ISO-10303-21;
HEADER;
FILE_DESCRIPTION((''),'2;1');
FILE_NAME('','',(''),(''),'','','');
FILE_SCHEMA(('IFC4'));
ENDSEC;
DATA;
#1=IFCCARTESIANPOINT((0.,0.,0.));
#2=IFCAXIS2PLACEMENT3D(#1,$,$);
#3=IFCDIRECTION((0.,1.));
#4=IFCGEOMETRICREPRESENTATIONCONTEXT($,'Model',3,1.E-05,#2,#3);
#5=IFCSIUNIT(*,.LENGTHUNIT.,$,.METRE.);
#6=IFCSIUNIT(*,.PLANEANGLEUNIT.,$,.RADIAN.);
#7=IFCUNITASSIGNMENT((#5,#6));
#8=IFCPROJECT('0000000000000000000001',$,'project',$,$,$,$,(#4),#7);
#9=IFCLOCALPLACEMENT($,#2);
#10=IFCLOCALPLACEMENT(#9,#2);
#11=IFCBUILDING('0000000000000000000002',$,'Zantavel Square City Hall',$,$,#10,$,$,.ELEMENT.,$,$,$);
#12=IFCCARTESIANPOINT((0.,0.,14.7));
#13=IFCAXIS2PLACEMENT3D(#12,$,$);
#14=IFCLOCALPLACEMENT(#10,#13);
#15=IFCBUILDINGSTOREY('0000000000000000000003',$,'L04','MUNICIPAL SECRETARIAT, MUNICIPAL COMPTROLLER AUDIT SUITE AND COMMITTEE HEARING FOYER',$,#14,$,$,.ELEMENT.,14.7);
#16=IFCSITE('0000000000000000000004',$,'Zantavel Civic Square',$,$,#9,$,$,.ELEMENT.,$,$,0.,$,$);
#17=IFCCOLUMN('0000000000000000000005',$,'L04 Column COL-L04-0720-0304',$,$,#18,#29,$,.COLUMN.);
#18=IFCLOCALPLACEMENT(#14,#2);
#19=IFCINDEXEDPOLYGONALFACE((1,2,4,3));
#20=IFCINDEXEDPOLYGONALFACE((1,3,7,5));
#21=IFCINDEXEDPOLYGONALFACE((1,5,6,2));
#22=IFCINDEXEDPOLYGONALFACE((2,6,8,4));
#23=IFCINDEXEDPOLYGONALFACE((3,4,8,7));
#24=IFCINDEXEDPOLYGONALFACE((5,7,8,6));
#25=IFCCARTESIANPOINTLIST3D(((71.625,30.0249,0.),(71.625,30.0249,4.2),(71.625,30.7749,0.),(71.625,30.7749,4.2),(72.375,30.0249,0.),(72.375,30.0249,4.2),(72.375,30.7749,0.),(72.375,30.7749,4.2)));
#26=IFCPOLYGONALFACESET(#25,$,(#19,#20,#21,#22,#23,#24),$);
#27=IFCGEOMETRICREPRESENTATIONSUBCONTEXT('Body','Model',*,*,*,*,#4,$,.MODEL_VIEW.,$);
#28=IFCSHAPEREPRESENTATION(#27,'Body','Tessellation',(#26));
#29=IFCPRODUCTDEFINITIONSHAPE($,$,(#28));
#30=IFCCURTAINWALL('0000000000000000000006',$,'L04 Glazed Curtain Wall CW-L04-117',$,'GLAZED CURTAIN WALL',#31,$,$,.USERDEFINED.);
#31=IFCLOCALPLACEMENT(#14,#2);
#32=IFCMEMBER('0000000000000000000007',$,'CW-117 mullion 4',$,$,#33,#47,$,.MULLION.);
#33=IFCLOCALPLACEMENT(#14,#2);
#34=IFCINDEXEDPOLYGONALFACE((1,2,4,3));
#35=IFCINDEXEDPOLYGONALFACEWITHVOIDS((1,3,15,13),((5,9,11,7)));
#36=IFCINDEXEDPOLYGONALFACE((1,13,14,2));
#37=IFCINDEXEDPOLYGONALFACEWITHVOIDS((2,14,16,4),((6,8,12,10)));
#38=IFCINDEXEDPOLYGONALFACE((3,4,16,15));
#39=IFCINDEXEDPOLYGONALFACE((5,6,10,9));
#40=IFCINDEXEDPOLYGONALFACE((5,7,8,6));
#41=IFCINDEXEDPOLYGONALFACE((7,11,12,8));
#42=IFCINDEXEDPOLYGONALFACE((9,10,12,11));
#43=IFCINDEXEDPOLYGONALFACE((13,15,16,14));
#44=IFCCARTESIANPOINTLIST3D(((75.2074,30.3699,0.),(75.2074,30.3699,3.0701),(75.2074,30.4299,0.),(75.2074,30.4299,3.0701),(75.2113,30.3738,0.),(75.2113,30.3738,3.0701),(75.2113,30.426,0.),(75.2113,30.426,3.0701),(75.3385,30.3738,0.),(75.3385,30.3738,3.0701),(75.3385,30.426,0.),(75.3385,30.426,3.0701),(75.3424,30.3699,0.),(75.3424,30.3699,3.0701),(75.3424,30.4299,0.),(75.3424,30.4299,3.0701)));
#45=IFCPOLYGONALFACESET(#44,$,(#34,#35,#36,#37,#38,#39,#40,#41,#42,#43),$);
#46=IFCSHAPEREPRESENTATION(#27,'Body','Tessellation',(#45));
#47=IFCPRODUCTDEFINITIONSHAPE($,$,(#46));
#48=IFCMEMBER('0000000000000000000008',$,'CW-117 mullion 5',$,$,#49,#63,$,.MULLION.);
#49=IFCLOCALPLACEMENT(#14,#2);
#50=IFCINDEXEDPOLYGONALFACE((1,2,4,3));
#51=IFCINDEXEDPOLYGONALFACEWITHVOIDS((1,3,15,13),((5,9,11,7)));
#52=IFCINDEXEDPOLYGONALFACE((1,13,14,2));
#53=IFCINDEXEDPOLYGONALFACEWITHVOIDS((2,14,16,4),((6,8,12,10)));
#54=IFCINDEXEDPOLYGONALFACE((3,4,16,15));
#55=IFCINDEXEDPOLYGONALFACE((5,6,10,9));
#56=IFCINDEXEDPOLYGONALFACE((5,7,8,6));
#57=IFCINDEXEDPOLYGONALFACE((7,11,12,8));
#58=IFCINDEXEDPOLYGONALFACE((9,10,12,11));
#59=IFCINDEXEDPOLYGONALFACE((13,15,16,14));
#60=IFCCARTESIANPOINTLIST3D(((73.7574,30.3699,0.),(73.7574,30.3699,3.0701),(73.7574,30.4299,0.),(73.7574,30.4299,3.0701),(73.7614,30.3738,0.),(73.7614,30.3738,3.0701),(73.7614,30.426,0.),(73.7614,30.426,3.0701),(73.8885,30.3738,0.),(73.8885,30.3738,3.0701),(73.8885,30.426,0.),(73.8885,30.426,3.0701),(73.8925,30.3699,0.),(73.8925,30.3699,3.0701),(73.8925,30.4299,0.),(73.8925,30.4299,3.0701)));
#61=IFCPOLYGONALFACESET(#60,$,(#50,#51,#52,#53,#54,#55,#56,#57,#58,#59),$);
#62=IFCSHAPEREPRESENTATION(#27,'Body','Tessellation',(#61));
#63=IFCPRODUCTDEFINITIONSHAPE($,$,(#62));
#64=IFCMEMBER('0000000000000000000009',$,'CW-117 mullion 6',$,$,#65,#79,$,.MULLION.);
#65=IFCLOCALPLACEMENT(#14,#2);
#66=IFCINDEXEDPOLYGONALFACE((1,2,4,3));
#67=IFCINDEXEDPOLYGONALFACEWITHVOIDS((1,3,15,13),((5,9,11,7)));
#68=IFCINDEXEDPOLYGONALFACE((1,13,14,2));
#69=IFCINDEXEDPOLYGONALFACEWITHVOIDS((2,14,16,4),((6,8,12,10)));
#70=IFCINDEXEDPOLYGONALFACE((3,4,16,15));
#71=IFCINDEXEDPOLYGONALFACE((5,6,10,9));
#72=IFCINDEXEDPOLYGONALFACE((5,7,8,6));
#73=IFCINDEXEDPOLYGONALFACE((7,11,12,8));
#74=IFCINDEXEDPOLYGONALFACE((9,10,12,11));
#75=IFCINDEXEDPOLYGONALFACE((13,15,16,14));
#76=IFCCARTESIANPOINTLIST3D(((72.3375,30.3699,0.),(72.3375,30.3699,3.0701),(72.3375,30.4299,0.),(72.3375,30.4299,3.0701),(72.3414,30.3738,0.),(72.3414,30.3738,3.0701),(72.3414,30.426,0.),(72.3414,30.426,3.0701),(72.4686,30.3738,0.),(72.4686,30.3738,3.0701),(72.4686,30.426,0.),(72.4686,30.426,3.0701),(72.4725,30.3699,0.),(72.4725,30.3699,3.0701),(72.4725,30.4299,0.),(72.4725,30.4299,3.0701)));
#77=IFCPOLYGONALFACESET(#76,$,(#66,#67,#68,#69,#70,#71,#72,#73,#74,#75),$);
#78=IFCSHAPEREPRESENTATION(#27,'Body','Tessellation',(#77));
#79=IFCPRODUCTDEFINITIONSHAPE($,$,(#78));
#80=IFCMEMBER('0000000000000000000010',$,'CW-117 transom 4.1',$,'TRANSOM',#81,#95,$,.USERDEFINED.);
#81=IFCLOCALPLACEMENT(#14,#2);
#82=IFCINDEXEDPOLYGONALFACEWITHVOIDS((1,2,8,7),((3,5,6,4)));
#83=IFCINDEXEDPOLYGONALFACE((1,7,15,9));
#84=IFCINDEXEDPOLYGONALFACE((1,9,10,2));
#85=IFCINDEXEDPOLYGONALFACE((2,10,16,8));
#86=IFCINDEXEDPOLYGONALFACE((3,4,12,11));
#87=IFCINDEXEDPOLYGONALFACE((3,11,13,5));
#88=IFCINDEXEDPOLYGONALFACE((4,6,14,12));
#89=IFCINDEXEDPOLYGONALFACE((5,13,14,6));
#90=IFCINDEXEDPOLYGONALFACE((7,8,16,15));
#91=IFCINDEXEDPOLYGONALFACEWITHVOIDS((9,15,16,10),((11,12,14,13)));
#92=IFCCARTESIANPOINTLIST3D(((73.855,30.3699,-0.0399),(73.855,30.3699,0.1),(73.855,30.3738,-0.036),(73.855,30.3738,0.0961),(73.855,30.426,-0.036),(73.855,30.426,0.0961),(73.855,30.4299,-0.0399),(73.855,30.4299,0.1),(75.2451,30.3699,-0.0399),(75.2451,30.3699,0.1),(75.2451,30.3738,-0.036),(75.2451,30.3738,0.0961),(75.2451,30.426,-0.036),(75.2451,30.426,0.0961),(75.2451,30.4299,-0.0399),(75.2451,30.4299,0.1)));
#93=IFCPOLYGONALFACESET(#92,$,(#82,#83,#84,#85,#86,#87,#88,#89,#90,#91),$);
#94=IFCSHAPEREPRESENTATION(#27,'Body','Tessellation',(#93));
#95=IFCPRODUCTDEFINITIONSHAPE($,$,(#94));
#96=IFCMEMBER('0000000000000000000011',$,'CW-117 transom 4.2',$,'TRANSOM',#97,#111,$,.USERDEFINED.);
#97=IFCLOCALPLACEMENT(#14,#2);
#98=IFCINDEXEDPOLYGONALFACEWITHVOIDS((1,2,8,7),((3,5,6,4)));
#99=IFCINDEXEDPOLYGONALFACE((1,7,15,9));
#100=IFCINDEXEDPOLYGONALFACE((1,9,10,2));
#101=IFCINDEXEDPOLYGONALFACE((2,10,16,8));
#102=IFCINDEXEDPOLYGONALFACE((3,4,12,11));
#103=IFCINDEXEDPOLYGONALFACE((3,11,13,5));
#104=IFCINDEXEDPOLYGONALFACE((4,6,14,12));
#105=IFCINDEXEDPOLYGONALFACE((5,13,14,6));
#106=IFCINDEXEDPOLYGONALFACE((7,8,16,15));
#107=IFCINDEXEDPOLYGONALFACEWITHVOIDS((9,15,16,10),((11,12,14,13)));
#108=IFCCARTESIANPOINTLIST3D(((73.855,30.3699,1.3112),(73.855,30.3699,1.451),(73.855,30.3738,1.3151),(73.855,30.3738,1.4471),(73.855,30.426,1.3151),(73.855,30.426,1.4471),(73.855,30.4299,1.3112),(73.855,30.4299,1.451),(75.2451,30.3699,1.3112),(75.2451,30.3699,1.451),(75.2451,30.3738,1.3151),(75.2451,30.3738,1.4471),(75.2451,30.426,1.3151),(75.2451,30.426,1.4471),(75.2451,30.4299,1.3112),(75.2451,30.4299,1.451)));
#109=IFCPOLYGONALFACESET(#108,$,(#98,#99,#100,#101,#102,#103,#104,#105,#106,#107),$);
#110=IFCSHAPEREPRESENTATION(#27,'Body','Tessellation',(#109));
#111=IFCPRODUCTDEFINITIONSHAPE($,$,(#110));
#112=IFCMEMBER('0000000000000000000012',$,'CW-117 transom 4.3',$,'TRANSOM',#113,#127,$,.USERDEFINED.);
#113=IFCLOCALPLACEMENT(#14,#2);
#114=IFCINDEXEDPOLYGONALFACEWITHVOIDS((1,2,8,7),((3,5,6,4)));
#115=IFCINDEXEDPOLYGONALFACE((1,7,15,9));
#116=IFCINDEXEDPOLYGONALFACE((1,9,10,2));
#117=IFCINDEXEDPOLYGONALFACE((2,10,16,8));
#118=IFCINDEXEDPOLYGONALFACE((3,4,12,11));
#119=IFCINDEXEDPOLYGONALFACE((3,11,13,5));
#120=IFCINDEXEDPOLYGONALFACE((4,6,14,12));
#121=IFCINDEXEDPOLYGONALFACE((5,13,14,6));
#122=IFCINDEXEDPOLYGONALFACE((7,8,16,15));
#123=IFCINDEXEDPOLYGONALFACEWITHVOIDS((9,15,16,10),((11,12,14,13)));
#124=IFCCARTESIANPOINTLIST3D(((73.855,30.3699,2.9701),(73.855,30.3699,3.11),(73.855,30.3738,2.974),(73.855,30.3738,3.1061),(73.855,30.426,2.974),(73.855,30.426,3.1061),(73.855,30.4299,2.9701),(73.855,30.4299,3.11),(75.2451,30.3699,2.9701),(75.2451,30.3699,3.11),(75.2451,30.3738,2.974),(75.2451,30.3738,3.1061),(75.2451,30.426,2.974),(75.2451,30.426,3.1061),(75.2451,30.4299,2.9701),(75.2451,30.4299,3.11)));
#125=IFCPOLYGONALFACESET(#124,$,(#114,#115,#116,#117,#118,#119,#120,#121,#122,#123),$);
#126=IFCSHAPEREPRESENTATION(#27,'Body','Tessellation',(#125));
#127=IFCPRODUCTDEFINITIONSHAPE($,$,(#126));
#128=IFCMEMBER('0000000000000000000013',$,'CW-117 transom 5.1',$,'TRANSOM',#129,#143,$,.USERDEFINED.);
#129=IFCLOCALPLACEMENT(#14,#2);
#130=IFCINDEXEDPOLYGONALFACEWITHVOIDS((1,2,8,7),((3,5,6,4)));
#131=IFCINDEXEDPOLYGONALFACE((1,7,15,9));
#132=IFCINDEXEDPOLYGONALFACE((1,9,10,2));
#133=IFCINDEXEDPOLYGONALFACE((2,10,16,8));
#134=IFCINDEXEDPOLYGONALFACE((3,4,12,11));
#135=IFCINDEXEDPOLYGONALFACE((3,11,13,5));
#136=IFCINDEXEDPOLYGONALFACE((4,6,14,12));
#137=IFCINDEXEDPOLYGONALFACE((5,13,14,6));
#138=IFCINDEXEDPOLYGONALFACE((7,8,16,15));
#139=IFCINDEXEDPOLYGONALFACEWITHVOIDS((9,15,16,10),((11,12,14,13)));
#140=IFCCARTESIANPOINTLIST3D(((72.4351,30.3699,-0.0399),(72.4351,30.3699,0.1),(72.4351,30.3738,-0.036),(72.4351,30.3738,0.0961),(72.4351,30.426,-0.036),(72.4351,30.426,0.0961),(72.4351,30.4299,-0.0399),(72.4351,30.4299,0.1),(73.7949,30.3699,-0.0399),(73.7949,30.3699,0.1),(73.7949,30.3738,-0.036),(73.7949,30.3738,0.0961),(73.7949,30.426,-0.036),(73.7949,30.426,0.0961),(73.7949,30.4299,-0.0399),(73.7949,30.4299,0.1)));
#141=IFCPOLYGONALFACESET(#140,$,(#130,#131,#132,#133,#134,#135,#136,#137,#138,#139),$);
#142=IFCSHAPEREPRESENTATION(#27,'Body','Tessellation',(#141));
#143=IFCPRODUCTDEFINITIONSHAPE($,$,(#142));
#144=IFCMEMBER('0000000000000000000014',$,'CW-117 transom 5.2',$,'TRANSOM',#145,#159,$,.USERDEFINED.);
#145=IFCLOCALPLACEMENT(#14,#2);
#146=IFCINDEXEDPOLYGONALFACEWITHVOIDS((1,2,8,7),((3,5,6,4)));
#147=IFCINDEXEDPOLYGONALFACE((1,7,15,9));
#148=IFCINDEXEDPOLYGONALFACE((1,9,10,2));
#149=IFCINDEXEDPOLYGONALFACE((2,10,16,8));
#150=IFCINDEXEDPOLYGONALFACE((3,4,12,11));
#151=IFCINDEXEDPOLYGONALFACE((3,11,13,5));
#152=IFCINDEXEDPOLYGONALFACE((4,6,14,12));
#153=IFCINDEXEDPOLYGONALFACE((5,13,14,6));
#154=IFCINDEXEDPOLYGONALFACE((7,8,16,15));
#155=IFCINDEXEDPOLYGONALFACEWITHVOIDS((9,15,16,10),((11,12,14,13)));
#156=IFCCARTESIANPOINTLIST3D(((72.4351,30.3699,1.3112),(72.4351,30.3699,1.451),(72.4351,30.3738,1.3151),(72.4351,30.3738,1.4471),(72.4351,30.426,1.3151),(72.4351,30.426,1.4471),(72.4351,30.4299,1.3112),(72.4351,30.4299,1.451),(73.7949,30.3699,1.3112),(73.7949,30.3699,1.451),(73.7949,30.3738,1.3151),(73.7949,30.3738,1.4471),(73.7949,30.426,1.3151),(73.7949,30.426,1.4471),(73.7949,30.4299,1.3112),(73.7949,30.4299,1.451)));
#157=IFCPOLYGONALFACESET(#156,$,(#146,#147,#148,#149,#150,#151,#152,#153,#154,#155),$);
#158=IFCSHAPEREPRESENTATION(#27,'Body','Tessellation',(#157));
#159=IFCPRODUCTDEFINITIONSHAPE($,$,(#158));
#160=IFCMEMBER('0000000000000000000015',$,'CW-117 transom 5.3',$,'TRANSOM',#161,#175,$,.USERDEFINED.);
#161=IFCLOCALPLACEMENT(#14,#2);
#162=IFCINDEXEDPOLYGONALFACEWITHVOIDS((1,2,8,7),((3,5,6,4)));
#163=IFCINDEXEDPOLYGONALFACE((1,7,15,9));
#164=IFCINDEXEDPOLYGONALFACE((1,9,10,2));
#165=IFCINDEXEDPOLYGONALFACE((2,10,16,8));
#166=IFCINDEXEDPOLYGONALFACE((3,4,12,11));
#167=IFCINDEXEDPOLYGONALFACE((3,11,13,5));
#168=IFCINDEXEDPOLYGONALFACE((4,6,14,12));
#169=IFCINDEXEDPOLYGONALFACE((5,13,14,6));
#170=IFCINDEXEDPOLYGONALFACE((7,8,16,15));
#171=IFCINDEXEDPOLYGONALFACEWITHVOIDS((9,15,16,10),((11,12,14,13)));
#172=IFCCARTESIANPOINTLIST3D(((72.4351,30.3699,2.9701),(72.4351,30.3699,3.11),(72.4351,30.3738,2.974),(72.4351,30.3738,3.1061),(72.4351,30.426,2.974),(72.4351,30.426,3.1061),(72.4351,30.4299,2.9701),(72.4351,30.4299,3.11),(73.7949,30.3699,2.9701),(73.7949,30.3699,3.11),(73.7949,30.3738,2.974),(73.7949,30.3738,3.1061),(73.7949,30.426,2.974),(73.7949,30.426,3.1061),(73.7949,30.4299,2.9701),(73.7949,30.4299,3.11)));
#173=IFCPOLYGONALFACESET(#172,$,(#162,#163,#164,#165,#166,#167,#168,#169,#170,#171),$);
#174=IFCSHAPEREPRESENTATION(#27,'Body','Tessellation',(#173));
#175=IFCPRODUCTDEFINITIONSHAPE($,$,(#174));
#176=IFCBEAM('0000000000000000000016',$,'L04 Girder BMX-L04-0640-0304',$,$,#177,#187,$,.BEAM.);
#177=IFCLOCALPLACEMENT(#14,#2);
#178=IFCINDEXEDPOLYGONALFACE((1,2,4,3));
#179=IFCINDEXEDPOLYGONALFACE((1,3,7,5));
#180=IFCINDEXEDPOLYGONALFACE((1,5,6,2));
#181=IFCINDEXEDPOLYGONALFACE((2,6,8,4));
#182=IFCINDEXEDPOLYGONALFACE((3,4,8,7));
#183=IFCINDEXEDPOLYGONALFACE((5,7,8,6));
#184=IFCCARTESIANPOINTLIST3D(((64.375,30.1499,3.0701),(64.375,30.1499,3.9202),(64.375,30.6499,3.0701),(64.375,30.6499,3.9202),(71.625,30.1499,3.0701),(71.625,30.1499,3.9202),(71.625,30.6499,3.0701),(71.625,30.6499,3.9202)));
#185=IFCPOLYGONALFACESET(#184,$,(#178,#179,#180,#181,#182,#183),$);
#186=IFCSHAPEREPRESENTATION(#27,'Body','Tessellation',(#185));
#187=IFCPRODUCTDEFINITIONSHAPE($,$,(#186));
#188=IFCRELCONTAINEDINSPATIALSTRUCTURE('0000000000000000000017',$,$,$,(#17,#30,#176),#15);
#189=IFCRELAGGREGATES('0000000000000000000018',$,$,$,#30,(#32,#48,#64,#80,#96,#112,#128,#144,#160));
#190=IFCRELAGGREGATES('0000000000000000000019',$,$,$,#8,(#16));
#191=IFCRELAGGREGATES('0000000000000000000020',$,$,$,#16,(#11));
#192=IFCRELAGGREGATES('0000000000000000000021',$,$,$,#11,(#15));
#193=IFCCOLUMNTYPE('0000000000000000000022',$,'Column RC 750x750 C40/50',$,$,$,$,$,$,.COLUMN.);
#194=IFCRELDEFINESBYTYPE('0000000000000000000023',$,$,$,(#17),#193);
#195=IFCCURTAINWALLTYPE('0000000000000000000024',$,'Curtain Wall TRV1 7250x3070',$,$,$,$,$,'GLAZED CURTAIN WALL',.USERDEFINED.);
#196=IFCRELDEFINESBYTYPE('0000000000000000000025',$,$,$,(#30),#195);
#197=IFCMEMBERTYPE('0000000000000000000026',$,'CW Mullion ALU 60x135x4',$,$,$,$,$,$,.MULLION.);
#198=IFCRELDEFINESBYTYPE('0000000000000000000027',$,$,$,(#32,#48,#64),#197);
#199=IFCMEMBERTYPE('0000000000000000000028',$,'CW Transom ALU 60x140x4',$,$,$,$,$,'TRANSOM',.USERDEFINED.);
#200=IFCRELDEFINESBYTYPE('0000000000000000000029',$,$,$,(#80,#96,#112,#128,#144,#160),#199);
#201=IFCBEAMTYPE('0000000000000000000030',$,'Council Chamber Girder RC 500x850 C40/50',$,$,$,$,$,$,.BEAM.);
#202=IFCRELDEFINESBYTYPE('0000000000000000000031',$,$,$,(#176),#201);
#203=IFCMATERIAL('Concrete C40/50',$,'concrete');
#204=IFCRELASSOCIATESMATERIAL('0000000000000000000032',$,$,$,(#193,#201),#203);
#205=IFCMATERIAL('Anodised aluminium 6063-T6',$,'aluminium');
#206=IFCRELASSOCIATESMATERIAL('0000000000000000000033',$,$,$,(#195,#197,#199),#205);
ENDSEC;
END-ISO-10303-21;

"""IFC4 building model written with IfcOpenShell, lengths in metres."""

from ifc_helpers import new_model, si_unit, direction, frame, origin, origin_2d, place, context, subcontext, project, spatial, rectangle, hollow_rectangle, extrude, material, material_profile, profile_set, type_object, element, aggregate, save


model = new_model("IFC4")

# Units and contexts
model_context = context("Model", 3, precision=1e-05, world=origin(), true_north=direction((0.0, 1.0)))
body_context = subcontext(model_context, "Body", "Model", "MODEL_VIEW")
ifc_project = project(units=[si_unit("LENGTHUNIT", "METRE"), si_unit("PLANEANGLEUNIT", "RADIAN")], contexts=[model_context])

# Site, building, storey
site_placement = place(None, origin())
site = spatial("IfcSite", under=ifc_project, at=site_placement, Name="Zantavel Civic Square", CompositionType="ELEMENT", RefElevation=0.0)
building_placement = place(site_placement, origin())
building = spatial("IfcBuilding", under=site, at=building_placement, Name="Zantavel Square City Hall", CompositionType="ELEMENT")
storey_placement = place(building_placement, frame((0.0, 0.0, 14.7)))
storey = spatial("IfcBuildingStorey", under=building, at=storey_placement, Name="L04", Description="MUNICIPAL SECRETARIAT, MUNICIPAL COMPTROLLER AUDIT SUITE AND COMMITTEE HEARING FOYER", CompositionType="ELEMENT", Elevation=14.7)

# Column
ifc_material_1 = material(Name="Concrete C40/50", Category="concrete")
ifc_material_profile_1 = material_profile(ifc_material_1, rectangle(XDim=0.75, YDim=0.75, at=origin_2d()), Name="RC 750x750")
ifc_profile_set_1 = profile_set([ifc_material_profile_1], Name="Concrete C40/50")
column_type = type_object("IfcColumnType", Name="Column RC 750x750 C40/50", PredefinedType="COLUMN", material=ifc_profile_set_1)
column_placement = place(storey_placement, frame((72.0, 30.3999, 0.0), z_axis=(0.0, 0.0, 1.0), x_axis=(1.0, 0.0, 0.0)))
element("IfcColumn", 1, at=column_placement, inside=storey, type_object=column_type, Name="L04 Column COL-L04-0720-0304", PredefinedType="COLUMN", context=body_context, shape_type="SweptSolid", body=[
    extrude(rectangle(XDim=0.75, YDim=0.75, at=origin_2d()), origin(), (0.0, 0.0, 1.0), 4.2),
])

# Curtain wall, members
ifc_material_2 = material(Name="Anodised aluminium 6063-T6", Category="aluminium")
curtain_wall_type = type_object("IfcCurtainWallType", Name="Curtain Wall TRV1 7250x3070", ElementType="GLAZED CURTAIN WALL", PredefinedType="USERDEFINED", material=ifc_material_2)
curtain_wall_placement = place(storey_placement, origin())
curtain_wall = element("IfcCurtainWall", 2, at=curtain_wall_placement, inside=storey, type_object=curtain_wall_type, Name="L04 Glazed Curtain Wall CW-L04-117", ObjectType="GLAZED CURTAIN WALL", PredefinedType="USERDEFINED")
ifc_material_profile_2 = material_profile(ifc_material_2, hollow_rectangle(XDim=0.0601, YDim=0.135, WallThickness=0.0039, at=origin_2d()), Name="ALU 60x135x4")
ifc_profile_set_2 = profile_set([ifc_material_profile_2], Name="Anodised aluminium 6063-T6")
member_type_1 = type_object("IfcMemberType", Name="CW Mullion ALU 60x135x4", PredefinedType="MULLION", material=ifc_profile_set_2)
member_1_placement = place(storey_placement, frame((75.2749, 30.3999, 0.0), z_axis=(0.0, 0.0, 1.0), x_axis=(0.0, -1.0, 0.0)))
member_1 = element("IfcMember", 3, at=member_1_placement, type_object=member_type_1, Name="CW-117 mullion 4", PredefinedType="MULLION", context=body_context, shape_type="SweptSolid", body=[
    extrude(hollow_rectangle(XDim=0.0601, YDim=0.135, WallThickness=0.0039, at=origin_2d()), origin(), (0.0, 0.0, 1.0), 3.0701),
])
member_2_placement = place(storey_placement, frame((73.825, 30.3999, 0.0), z_axis=(0.0, 0.0, 1.0), x_axis=(0.0, -1.0, 0.0)))
member_2 = element("IfcMember", 4, at=member_2_placement, type_object=member_type_1, Name="CW-117 mullion 5", PredefinedType="MULLION", context=body_context, shape_type="SweptSolid", body=[
    extrude(hollow_rectangle(XDim=0.0601, YDim=0.135, WallThickness=0.0039, at=origin_2d()), origin(), (0.0, 0.0, 1.0), 3.0701),
])
member_3_placement = place(storey_placement, frame((72.405, 30.3999, 0.0), z_axis=(0.0, 0.0, 1.0), x_axis=(0.0, -1.0, 0.0)))
member_3 = element("IfcMember", 5, at=member_3_placement, type_object=member_type_1, Name="CW-117 mullion 6", PredefinedType="MULLION", context=body_context, shape_type="SweptSolid", body=[
    extrude(hollow_rectangle(XDim=0.0601, YDim=0.135, WallThickness=0.0039, at=origin_2d()), origin(), (0.0, 0.0, 1.0), 3.0701),
])
ifc_material_profile_3 = material_profile(ifc_material_2, hollow_rectangle(XDim=0.0601, YDim=0.1399, WallThickness=0.0039, at=origin_2d()), Name="ALU 60x140x4")
ifc_profile_set_3 = profile_set([ifc_material_profile_3], Name="Anodised aluminium 6063-T6")
member_type_2 = type_object("IfcMemberType", Name="CW Transom ALU 60x140x4", ElementType="TRANSOM", PredefinedType="USERDEFINED", material=ifc_profile_set_3)
member_4_placement = place(storey_placement, frame((75.2451, 30.3999, 0.03), z_axis=(-1.0, 0.0, 0.0), x_axis=(0.0, -1.0, 0.0)))
member_4 = element("IfcMember", 6, at=member_4_placement, type_object=member_type_2, Name="CW-117 transom 4.1", ObjectType="TRANSOM", PredefinedType="USERDEFINED", context=body_context, shape_type="SweptSolid", body=[
    extrude(hollow_rectangle(XDim=0.0601, YDim=0.1399, WallThickness=0.0039, at=origin_2d()), origin(), (0.0, 0.0, 1.0), 1.3901),
])
member_5_placement = place(storey_placement, frame((75.2451, 30.3999, 1.3811), z_axis=(-1.0, 0.0, 0.0), x_axis=(0.0, -1.0, 0.0)))
member_5 = element("IfcMember", 7, at=member_5_placement, type_object=member_type_2, Name="CW-117 transom 4.2", ObjectType="TRANSOM", PredefinedType="USERDEFINED", context=body_context, shape_type="SweptSolid", body=[
    extrude(hollow_rectangle(XDim=0.0601, YDim=0.1399, WallThickness=0.0039, at=origin_2d()), origin(), (0.0, 0.0, 1.0), 1.3901),
])
member_6_placement = place(storey_placement, frame((75.2451, 30.3999, 3.04), z_axis=(-1.0, 0.0, 0.0), x_axis=(0.0, -1.0, 0.0)))
member_6 = element("IfcMember", 8, at=member_6_placement, type_object=member_type_2, Name="CW-117 transom 4.3", ObjectType="TRANSOM", PredefinedType="USERDEFINED", context=body_context, shape_type="SweptSolid", body=[
    extrude(hollow_rectangle(XDim=0.0601, YDim=0.1399, WallThickness=0.0039, at=origin_2d()), origin(), (0.0, 0.0, 1.0), 1.3901),
])
member_7_placement = place(storey_placement, frame((73.7949, 30.3999, 0.03), z_axis=(-1.0, 0.0, 0.0), x_axis=(0.0, -1.0, 0.0)))
member_7 = element("IfcMember", 9, at=member_7_placement, type_object=member_type_2, Name="CW-117 transom 5.1", ObjectType="TRANSOM", PredefinedType="USERDEFINED", context=body_context, shape_type="SweptSolid", body=[
    extrude(hollow_rectangle(XDim=0.0601, YDim=0.1399, WallThickness=0.0039, at=origin_2d()), origin(), (0.0, 0.0, 1.0), 1.3599),
])
member_8_placement = place(storey_placement, frame((73.7949, 30.3999, 1.3811), z_axis=(-1.0, 0.0, 0.0), x_axis=(0.0, -1.0, 0.0)))
member_8 = element("IfcMember", 10, at=member_8_placement, type_object=member_type_2, Name="CW-117 transom 5.2", ObjectType="TRANSOM", PredefinedType="USERDEFINED", context=body_context, shape_type="SweptSolid", body=[
    extrude(hollow_rectangle(XDim=0.0601, YDim=0.1399, WallThickness=0.0039, at=origin_2d()), origin(), (0.0, 0.0, 1.0), 1.3599),
])
member_9_placement = place(storey_placement, frame((73.7949, 30.3999, 3.04), z_axis=(-1.0, 0.0, 0.0), x_axis=(0.0, -1.0, 0.0)))
member_9 = element("IfcMember", 11, at=member_9_placement, type_object=member_type_2, Name="CW-117 transom 5.3", ObjectType="TRANSOM", PredefinedType="USERDEFINED", context=body_context, shape_type="SweptSolid", body=[
    extrude(hollow_rectangle(XDim=0.0601, YDim=0.1399, WallThickness=0.0039, at=origin_2d()), origin(), (0.0, 0.0, 1.0), 1.3599),
])

# Beam
ifc_material_profile_4 = material_profile(ifc_material_1, rectangle(XDim=0.5, YDim=0.8501, at=origin_2d()), Name="RC 500x850")
ifc_profile_set_4 = profile_set([ifc_material_profile_4], Name="Concrete C40/50")
beam_type = type_object("IfcBeamType", Name="Council Chamber Girder RC 500x850 C40/50", PredefinedType="BEAM", material=ifc_profile_set_4)
for number, where, z_axis, x_axis, name in (
    (12, (64.375, 30.3999, 3.4951), (1.0, 0.0, 0.0), (0.0, 1.0, 0.0), "L04 Girder BMX-L04-0640-0304"),
):
    element("IfcBeam", number, at=place(storey_placement, frame(where, z_axis=z_axis, x_axis=x_axis)), inside=storey, type_object=beam_type, Name=name, PredefinedType="BEAM", context=body_context, shape_type="SweptSolid", body=[
        extrude(rectangle(XDim=0.5, YDim=0.8501, at=origin_2d()), origin(), (0.0, 0.0, 1.0), 7.25),
    ])

aggregate(curtain_wall, [member_1, member_2, member_3, member_4, member_5, member_6, member_7, member_8, member_9])

save(model, "model.ifc")
